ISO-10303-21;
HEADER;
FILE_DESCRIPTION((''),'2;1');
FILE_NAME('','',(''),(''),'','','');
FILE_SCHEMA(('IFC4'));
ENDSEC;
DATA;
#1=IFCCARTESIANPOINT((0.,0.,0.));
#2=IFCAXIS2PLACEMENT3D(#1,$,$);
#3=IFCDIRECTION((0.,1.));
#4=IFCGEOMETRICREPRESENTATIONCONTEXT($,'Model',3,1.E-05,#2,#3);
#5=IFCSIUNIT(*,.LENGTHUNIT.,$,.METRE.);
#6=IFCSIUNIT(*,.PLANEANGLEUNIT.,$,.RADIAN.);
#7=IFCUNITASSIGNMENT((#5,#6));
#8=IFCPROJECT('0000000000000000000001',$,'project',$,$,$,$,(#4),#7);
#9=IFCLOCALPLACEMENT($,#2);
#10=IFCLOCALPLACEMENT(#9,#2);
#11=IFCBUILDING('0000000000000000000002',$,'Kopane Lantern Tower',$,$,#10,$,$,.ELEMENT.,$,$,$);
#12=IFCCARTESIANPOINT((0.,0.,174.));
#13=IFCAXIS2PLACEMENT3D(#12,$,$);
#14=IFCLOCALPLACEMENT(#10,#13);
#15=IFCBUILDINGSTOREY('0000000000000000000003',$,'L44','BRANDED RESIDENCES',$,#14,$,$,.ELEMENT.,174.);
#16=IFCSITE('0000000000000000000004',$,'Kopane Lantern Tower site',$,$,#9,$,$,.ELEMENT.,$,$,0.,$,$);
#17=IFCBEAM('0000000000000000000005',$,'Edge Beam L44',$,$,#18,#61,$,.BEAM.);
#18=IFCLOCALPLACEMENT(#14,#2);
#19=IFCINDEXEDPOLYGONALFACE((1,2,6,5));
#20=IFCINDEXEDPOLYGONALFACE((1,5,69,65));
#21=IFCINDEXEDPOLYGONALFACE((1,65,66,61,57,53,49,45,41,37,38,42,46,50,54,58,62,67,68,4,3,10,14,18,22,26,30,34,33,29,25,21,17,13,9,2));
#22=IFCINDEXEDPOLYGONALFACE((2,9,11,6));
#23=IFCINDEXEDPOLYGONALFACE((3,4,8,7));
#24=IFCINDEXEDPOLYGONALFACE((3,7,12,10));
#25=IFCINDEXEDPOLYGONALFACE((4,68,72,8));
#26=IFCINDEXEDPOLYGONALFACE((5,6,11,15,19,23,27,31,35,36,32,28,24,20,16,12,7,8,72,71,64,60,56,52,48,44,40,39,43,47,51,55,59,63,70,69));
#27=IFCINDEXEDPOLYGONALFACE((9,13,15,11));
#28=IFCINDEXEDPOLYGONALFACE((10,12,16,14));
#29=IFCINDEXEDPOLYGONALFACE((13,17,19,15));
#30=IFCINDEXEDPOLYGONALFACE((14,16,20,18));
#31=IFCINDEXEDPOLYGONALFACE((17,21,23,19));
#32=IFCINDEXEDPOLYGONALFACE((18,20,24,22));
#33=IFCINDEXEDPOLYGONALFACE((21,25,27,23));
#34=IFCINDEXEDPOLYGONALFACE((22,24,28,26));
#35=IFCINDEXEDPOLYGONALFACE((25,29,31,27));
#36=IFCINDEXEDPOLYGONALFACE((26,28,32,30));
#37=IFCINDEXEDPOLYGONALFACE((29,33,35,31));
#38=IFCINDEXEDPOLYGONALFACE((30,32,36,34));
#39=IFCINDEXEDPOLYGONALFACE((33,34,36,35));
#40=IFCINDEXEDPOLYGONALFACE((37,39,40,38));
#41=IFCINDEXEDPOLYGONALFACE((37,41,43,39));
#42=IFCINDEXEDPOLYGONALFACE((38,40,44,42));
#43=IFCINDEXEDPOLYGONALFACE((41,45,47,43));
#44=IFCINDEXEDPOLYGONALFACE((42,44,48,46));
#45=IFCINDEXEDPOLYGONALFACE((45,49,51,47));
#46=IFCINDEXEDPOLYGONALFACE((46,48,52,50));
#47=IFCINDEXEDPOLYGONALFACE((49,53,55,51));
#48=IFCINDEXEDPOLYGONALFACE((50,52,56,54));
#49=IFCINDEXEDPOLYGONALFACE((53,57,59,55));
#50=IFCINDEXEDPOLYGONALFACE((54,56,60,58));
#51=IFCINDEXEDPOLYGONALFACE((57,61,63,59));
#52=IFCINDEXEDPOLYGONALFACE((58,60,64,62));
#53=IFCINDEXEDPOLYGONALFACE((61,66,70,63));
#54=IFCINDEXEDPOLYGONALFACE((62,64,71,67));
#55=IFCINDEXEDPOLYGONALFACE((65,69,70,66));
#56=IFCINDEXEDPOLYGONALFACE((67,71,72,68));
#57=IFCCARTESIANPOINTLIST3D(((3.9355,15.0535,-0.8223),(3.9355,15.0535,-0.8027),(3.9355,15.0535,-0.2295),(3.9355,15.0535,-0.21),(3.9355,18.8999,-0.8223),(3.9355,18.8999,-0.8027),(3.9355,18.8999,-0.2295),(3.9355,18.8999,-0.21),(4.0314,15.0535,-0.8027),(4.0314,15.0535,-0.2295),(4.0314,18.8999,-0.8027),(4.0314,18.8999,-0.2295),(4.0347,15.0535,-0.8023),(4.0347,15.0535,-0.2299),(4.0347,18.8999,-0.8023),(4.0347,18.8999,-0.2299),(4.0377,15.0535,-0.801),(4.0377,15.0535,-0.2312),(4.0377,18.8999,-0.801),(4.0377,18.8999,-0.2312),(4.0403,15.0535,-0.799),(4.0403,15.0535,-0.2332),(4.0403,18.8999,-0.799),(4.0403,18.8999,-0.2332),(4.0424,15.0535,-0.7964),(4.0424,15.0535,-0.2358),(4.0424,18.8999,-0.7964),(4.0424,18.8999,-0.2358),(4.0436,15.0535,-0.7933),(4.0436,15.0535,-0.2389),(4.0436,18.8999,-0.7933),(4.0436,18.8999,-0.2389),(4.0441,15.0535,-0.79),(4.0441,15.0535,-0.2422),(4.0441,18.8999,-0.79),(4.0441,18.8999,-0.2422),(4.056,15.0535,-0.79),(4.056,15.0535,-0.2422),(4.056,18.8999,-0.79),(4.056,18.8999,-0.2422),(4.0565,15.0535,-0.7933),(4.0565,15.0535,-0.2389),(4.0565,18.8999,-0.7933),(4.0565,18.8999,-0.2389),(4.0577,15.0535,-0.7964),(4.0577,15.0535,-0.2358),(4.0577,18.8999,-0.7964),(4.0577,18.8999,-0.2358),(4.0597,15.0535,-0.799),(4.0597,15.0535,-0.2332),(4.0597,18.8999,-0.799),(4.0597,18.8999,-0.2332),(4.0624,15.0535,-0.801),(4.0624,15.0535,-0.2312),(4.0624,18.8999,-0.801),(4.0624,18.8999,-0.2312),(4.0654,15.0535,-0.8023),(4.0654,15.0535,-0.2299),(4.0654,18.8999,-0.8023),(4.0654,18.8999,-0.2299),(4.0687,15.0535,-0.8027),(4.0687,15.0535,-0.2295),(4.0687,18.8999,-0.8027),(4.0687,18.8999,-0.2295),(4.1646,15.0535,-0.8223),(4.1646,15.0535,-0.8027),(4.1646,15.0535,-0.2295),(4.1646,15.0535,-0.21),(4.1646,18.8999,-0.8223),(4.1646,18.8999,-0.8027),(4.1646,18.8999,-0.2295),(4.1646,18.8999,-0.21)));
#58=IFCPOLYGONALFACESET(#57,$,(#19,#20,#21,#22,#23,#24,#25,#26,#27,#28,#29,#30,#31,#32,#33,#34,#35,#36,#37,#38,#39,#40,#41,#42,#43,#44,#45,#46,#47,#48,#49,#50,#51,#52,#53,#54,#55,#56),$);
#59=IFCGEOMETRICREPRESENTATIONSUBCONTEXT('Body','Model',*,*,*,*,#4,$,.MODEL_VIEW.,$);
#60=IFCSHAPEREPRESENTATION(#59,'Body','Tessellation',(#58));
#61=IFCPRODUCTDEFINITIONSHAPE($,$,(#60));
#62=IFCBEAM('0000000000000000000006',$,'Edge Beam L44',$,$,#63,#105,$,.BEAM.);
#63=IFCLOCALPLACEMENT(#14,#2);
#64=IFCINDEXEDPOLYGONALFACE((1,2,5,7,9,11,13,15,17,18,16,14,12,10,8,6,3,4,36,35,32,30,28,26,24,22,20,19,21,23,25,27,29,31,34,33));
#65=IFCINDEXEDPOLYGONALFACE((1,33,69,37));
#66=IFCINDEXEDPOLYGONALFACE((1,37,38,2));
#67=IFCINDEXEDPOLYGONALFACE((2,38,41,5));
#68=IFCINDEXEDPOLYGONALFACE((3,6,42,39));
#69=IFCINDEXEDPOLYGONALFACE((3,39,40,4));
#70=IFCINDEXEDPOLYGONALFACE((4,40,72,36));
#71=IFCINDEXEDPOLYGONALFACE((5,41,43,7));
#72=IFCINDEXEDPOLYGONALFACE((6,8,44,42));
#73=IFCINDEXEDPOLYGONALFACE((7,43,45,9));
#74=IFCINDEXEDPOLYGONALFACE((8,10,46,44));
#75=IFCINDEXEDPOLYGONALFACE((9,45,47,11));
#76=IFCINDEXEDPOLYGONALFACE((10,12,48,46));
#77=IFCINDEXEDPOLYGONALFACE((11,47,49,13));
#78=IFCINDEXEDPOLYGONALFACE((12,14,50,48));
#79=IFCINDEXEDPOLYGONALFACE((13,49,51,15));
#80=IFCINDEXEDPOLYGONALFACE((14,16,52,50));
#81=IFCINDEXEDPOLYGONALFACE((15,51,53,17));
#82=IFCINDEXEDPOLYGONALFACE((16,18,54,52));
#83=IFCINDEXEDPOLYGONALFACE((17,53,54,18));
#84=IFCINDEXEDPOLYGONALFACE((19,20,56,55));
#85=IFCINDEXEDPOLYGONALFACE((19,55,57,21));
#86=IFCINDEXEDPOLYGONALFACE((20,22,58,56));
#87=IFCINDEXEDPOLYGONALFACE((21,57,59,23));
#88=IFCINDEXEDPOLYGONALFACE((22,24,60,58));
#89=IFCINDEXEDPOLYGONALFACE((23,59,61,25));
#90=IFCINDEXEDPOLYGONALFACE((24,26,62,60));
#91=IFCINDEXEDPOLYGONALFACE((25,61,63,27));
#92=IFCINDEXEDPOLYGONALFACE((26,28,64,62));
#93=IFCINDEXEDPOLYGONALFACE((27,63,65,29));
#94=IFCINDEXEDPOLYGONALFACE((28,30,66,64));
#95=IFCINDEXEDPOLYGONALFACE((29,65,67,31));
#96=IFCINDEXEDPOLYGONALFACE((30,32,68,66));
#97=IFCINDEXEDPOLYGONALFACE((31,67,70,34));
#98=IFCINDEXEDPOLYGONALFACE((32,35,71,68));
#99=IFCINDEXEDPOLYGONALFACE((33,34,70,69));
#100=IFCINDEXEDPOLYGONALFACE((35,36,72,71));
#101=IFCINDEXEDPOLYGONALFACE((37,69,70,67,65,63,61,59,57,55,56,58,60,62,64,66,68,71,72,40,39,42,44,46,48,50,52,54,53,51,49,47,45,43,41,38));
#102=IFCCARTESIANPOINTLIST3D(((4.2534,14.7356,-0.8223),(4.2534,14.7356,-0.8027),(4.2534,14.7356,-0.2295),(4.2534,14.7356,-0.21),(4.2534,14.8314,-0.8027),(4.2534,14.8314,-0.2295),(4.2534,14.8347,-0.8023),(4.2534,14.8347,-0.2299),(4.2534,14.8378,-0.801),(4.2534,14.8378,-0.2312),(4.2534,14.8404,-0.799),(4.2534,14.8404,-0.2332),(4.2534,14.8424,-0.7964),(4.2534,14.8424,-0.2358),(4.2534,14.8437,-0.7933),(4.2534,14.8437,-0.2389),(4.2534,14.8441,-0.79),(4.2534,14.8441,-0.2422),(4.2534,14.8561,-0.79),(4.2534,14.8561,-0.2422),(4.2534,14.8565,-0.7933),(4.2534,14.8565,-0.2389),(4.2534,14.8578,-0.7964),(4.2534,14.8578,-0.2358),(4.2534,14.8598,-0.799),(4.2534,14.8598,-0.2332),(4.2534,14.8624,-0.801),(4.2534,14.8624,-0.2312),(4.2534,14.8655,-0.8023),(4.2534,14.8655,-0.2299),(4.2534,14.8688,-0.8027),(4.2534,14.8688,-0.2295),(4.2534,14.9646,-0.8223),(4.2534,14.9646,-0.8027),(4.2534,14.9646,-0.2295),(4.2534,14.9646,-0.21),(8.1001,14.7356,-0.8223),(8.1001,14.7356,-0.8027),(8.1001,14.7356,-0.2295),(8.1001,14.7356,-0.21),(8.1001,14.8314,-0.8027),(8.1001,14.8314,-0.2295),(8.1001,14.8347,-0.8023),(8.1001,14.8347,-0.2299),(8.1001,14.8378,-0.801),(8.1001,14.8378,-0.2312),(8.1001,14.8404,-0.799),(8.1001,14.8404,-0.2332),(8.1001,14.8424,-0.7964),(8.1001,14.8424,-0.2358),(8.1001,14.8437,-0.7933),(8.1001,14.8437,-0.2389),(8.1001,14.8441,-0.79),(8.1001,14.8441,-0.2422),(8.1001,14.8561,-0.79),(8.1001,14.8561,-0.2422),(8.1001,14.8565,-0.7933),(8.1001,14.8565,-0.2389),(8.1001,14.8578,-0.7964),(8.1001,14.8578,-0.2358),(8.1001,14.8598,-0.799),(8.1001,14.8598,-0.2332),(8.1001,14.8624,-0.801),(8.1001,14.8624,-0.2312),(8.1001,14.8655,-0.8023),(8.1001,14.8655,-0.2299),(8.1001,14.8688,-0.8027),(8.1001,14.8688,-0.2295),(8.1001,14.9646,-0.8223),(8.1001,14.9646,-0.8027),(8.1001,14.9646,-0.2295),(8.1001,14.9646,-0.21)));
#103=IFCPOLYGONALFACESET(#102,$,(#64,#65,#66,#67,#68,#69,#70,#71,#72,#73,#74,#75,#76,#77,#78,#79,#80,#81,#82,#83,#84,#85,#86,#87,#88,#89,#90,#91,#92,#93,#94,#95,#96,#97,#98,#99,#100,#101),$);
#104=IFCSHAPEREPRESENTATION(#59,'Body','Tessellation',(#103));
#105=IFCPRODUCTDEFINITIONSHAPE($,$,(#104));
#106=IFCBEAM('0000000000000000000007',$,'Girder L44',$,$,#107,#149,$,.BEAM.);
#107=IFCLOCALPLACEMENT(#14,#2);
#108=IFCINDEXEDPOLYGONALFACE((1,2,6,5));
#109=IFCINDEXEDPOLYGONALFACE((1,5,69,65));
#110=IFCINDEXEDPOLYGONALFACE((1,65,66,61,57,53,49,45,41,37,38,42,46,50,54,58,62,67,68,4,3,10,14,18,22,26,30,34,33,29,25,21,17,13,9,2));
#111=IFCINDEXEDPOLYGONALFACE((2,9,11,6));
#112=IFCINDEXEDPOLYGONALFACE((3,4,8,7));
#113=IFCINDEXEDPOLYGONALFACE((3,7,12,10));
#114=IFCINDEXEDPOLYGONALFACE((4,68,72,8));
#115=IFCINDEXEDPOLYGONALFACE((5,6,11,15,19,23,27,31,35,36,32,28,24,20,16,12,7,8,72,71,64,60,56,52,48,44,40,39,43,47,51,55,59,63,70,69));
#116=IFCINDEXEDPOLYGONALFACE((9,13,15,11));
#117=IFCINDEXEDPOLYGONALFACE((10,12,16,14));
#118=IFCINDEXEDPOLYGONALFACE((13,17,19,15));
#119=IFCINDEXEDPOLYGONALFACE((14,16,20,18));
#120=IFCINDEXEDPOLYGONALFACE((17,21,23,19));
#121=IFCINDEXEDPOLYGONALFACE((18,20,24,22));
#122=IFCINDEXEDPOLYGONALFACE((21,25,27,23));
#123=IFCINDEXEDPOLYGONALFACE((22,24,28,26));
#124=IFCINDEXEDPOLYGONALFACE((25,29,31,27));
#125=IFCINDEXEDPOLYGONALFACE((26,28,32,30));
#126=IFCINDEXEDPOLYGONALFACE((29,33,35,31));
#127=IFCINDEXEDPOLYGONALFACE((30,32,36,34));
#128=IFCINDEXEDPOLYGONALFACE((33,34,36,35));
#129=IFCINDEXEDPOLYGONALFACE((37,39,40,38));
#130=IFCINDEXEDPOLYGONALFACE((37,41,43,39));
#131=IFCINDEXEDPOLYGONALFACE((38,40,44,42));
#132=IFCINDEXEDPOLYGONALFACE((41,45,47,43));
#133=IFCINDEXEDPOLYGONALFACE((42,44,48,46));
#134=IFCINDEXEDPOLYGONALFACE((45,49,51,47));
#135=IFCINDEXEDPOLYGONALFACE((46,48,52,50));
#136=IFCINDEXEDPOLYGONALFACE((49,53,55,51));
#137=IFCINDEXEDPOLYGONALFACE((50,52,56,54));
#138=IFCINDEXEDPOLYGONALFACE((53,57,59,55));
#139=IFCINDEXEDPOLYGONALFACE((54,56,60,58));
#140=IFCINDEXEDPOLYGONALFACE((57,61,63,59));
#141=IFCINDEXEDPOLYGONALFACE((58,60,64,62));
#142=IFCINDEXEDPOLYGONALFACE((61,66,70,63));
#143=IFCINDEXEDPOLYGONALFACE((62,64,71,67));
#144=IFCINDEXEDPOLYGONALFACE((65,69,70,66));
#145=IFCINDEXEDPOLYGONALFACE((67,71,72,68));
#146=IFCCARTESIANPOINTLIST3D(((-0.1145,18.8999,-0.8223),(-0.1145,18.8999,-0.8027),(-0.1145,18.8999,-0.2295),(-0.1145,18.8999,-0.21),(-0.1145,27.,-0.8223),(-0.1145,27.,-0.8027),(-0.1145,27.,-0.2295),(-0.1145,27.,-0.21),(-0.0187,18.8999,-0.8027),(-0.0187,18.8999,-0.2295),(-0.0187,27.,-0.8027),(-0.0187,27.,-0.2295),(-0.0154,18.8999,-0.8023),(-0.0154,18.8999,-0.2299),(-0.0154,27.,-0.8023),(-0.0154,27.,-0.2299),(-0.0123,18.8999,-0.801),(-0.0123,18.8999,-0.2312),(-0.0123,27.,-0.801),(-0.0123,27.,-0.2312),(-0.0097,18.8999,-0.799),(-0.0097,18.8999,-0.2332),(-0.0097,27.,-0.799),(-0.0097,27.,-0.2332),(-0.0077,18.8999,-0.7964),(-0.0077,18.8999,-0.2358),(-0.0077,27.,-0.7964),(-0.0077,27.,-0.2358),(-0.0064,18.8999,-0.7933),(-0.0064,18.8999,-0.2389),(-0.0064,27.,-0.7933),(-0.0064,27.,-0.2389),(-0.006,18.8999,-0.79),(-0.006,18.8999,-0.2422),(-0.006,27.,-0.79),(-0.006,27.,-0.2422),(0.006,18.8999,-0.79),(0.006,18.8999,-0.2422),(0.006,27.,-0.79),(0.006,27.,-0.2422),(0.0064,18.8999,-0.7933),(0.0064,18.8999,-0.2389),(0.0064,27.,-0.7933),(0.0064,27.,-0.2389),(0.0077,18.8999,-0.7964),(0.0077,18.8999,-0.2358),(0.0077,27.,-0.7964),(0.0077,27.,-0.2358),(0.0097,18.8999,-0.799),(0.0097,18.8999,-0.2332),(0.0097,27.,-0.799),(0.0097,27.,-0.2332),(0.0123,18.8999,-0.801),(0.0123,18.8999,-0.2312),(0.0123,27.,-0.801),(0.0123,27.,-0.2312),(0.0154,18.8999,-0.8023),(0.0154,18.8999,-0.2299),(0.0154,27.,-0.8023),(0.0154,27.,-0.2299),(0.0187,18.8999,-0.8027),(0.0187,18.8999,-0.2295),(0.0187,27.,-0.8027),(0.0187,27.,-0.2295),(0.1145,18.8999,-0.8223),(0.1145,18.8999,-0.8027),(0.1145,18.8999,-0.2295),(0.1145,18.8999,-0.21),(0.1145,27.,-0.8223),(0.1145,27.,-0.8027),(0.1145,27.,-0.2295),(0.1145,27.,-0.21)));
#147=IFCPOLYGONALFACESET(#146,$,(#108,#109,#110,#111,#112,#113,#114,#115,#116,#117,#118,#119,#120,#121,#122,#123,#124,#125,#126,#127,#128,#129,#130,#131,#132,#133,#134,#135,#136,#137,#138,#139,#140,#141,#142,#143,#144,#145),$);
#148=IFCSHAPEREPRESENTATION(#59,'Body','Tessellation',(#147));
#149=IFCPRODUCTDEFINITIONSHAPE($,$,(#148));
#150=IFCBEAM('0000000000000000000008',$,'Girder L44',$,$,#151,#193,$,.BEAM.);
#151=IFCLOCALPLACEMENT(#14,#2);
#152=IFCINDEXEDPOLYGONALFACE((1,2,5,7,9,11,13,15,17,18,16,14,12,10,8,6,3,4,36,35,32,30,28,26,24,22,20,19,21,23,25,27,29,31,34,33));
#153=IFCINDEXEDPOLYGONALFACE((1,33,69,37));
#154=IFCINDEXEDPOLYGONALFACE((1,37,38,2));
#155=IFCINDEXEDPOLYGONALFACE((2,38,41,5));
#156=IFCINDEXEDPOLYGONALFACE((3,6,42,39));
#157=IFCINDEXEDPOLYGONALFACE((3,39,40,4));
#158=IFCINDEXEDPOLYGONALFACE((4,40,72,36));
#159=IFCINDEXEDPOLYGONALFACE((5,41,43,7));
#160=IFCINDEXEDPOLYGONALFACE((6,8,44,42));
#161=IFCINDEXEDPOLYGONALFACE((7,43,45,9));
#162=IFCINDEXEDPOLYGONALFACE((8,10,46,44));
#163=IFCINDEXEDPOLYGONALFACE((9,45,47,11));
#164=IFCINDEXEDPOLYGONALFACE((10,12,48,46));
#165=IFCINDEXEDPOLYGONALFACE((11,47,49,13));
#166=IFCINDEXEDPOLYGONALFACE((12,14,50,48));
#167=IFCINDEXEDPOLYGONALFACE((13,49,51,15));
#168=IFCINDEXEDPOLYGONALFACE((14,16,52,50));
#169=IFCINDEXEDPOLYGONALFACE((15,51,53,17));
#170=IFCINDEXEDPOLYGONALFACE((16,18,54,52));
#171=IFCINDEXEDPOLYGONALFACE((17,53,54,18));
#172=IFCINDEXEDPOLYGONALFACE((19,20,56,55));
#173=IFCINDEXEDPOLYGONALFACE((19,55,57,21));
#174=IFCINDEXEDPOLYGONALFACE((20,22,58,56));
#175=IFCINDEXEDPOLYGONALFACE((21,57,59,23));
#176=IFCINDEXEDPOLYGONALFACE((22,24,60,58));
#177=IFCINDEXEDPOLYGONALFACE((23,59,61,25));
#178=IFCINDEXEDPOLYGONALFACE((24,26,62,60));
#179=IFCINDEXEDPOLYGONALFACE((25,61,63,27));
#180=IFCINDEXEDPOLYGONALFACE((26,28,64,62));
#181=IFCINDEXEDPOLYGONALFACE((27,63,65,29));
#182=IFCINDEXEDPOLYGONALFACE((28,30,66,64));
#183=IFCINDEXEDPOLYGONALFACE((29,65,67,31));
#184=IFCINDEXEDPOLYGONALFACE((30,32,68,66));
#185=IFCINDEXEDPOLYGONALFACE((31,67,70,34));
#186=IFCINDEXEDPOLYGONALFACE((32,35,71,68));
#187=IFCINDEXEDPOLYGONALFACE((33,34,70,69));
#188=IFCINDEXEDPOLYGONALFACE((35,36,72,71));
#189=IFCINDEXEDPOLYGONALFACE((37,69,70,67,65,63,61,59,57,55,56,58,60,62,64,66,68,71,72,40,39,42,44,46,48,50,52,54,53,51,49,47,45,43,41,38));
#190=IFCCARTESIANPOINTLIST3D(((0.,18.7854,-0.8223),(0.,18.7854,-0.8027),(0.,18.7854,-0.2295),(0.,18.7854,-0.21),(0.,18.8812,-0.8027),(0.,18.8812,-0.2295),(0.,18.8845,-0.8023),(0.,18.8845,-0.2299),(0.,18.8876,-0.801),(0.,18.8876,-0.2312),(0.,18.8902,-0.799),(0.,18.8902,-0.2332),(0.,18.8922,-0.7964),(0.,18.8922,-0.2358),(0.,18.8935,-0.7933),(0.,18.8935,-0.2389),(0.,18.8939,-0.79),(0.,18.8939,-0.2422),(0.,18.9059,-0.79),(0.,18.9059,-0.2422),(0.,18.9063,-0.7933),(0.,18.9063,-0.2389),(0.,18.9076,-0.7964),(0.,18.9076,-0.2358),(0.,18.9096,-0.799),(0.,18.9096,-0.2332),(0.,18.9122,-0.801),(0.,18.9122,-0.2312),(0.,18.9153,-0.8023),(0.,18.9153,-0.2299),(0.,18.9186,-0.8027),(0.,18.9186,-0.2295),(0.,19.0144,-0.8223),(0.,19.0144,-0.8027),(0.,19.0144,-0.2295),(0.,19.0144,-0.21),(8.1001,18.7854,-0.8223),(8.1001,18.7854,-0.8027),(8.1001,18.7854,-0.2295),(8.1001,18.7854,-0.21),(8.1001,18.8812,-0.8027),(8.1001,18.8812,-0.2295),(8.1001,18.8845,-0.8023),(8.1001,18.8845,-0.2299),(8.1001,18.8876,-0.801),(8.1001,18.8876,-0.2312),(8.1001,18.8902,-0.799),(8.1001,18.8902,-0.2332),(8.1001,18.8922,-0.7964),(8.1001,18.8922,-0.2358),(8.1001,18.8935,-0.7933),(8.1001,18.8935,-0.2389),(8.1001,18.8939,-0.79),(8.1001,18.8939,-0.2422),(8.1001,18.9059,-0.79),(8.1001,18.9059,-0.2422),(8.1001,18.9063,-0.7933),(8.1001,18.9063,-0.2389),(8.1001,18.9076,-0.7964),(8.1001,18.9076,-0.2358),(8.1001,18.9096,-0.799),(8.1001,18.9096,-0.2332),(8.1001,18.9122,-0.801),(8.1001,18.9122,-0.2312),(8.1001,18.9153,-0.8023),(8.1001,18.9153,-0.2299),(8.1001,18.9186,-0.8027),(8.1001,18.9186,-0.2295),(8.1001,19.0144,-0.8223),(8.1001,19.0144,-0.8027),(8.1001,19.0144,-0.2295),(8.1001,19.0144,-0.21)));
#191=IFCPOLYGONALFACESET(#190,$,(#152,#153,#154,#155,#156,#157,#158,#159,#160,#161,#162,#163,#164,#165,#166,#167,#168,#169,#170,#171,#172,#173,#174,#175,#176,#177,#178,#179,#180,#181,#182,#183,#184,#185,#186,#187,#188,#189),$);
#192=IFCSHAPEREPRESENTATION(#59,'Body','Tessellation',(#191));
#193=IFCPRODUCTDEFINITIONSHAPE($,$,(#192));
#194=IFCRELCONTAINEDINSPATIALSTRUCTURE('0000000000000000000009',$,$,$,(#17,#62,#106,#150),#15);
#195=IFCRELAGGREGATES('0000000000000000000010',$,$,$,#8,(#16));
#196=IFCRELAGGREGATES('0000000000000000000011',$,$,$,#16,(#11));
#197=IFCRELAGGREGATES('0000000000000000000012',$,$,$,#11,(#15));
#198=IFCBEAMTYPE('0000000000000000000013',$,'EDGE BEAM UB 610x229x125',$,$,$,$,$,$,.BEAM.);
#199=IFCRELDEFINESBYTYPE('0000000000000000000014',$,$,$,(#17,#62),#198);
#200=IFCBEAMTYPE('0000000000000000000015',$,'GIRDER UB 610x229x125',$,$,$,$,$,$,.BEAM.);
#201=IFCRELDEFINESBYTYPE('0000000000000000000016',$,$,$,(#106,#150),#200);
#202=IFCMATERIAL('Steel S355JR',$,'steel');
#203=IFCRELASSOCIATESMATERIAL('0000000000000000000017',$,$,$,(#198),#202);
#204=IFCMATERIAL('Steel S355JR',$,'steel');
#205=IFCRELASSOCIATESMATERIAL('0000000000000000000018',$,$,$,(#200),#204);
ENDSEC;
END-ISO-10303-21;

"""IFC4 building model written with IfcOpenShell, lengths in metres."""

from ifc_helpers import new_model, si_unit, direction, frame, origin, origin_2d, place, context, subcontext, project, spatial, i_section, extrude, material, material_profile, profile_set, type_object, element, save


model = new_model("IFC4")

# Units and contexts
model_context = context("Model", 3, precision=1e-05, world=origin(), true_north=direction((0.0, 1.0)))
body_context = subcontext(model_context, "Body", "Model", "MODEL_VIEW")
ifc_project = project(units=[si_unit("LENGTHUNIT", "METRE"), si_unit("PLANEANGLEUNIT", "RADIAN")], contexts=[model_context])

# Site, building, storey
site_placement = place(None, origin())
site = spatial("IfcSite", under=ifc_project, at=site_placement, Name="Kopane Lantern Tower site", CompositionType="ELEMENT", RefElevation=0.0)
building_placement = place(site_placement, origin())
building = spatial("IfcBuilding", under=site, at=building_placement, Name="Kopane Lantern Tower", CompositionType="ELEMENT")
storey_placement = place(building_placement, frame((0.0, 0.0, 174.0)))
storey = spatial("IfcBuildingStorey", under=building, at=storey_placement, Name="L44", Description="BRANDED RESIDENCES", CompositionType="ELEMENT", Elevation=174.0)

# Beams
ifc_material_1 = material(Name="Steel S355JR", Category="steel")
ifc_material_profile_1 = material_profile(ifc_material_1, i_section(OverallWidth=0.229, OverallDepth=0.6123, WebThickness=0.012, FlangeThickness=0.0195, FilletRadius=0.0127, at=origin_2d()), Name="UB 610x229x125")
ifc_profile_set_1 = profile_set([ifc_material_profile_1], Name="Steel S355JR")
beam_type_1 = type_object("IfcBeamType", Name="EDGE BEAM UB 610x229x125", PredefinedType="BEAM", material=ifc_profile_set_1)
beam_1_placement = place(storey_placement, frame((4.05, 15.0535, -0.5161), z_axis=(0.0, 1.0, 0.0), x_axis=(-1.0, 0.0, 0.0)))
element("IfcBeam", 1, at=beam_1_placement, inside=storey, type_object=beam_type_1, Name="Edge Beam L44", PredefinedType="BEAM", context=body_context, shape_type="SweptSolid", body=[
    extrude(i_section(OverallWidth=0.229, OverallDepth=0.6123, WebThickness=0.012, FlangeThickness=0.0195, FilletRadius=0.0127, at=origin_2d()), origin(), (0.0, 0.0, 1.0), 3.8464),
])
beam_2_placement = place(storey_placement, frame((4.2534, 14.8501, -0.5161), z_axis=(1.0, 0.0, 0.0), x_axis=(0.0, 1.0, 0.0)))
element("IfcBeam", 2, at=beam_2_placement, inside=storey, type_object=beam_type_1, Name="Edge Beam L44", PredefinedType="BEAM", context=body_context, shape_type="SweptSolid", body=[
    extrude(i_section(OverallWidth=0.229, OverallDepth=0.6123, WebThickness=0.012, FlangeThickness=0.0195, FilletRadius=0.0127, at=origin_2d()), origin(), (0.0, 0.0, 1.0), 3.8467),
])
ifc_material_2 = material(Name="Steel S355JR", Category="steel")
ifc_material_profile_2 = material_profile(ifc_material_2, i_section(OverallWidth=0.229, OverallDepth=0.6123, WebThickness=0.012, FlangeThickness=0.0195, FilletRadius=0.0127, at=origin_2d()), Name="UB 610x229x125")
ifc_profile_set_2 = profile_set([ifc_material_profile_2], Name="Steel S355JR")
beam_type_2 = type_object("IfcBeamType", Name="GIRDER UB 610x229x125", PredefinedType="BEAM", material=ifc_profile_set_2)
for number, where, z_axis, x_axis, name in (
    (3, (0.0, 18.8999, -0.5161), (0.0, 1.0, 0.0), (-1.0, 0.0, 0.0), "Girder L44"),
    (4, (0.0, 18.8999, -0.5161), (1.0, 0.0, 0.0), (0.0, 1.0, 0.0), "Girder L44"),
):
    element("IfcBeam", number, at=place(storey_placement, frame(where, z_axis=z_axis, x_axis=x_axis)), inside=storey, type_object=beam_type_2, Name=name, PredefinedType="BEAM", context=body_context, shape_type="SweptSolid", body=[
        extrude(i_section(OverallWidth=0.229, OverallDepth=0.6123, WebThickness=0.012, FlangeThickness=0.0195, FilletRadius=0.0127, at=origin_2d()), origin(), (0.0, 0.0, 1.0), 8.1001),
    ])

save(model, "model.ifc")
